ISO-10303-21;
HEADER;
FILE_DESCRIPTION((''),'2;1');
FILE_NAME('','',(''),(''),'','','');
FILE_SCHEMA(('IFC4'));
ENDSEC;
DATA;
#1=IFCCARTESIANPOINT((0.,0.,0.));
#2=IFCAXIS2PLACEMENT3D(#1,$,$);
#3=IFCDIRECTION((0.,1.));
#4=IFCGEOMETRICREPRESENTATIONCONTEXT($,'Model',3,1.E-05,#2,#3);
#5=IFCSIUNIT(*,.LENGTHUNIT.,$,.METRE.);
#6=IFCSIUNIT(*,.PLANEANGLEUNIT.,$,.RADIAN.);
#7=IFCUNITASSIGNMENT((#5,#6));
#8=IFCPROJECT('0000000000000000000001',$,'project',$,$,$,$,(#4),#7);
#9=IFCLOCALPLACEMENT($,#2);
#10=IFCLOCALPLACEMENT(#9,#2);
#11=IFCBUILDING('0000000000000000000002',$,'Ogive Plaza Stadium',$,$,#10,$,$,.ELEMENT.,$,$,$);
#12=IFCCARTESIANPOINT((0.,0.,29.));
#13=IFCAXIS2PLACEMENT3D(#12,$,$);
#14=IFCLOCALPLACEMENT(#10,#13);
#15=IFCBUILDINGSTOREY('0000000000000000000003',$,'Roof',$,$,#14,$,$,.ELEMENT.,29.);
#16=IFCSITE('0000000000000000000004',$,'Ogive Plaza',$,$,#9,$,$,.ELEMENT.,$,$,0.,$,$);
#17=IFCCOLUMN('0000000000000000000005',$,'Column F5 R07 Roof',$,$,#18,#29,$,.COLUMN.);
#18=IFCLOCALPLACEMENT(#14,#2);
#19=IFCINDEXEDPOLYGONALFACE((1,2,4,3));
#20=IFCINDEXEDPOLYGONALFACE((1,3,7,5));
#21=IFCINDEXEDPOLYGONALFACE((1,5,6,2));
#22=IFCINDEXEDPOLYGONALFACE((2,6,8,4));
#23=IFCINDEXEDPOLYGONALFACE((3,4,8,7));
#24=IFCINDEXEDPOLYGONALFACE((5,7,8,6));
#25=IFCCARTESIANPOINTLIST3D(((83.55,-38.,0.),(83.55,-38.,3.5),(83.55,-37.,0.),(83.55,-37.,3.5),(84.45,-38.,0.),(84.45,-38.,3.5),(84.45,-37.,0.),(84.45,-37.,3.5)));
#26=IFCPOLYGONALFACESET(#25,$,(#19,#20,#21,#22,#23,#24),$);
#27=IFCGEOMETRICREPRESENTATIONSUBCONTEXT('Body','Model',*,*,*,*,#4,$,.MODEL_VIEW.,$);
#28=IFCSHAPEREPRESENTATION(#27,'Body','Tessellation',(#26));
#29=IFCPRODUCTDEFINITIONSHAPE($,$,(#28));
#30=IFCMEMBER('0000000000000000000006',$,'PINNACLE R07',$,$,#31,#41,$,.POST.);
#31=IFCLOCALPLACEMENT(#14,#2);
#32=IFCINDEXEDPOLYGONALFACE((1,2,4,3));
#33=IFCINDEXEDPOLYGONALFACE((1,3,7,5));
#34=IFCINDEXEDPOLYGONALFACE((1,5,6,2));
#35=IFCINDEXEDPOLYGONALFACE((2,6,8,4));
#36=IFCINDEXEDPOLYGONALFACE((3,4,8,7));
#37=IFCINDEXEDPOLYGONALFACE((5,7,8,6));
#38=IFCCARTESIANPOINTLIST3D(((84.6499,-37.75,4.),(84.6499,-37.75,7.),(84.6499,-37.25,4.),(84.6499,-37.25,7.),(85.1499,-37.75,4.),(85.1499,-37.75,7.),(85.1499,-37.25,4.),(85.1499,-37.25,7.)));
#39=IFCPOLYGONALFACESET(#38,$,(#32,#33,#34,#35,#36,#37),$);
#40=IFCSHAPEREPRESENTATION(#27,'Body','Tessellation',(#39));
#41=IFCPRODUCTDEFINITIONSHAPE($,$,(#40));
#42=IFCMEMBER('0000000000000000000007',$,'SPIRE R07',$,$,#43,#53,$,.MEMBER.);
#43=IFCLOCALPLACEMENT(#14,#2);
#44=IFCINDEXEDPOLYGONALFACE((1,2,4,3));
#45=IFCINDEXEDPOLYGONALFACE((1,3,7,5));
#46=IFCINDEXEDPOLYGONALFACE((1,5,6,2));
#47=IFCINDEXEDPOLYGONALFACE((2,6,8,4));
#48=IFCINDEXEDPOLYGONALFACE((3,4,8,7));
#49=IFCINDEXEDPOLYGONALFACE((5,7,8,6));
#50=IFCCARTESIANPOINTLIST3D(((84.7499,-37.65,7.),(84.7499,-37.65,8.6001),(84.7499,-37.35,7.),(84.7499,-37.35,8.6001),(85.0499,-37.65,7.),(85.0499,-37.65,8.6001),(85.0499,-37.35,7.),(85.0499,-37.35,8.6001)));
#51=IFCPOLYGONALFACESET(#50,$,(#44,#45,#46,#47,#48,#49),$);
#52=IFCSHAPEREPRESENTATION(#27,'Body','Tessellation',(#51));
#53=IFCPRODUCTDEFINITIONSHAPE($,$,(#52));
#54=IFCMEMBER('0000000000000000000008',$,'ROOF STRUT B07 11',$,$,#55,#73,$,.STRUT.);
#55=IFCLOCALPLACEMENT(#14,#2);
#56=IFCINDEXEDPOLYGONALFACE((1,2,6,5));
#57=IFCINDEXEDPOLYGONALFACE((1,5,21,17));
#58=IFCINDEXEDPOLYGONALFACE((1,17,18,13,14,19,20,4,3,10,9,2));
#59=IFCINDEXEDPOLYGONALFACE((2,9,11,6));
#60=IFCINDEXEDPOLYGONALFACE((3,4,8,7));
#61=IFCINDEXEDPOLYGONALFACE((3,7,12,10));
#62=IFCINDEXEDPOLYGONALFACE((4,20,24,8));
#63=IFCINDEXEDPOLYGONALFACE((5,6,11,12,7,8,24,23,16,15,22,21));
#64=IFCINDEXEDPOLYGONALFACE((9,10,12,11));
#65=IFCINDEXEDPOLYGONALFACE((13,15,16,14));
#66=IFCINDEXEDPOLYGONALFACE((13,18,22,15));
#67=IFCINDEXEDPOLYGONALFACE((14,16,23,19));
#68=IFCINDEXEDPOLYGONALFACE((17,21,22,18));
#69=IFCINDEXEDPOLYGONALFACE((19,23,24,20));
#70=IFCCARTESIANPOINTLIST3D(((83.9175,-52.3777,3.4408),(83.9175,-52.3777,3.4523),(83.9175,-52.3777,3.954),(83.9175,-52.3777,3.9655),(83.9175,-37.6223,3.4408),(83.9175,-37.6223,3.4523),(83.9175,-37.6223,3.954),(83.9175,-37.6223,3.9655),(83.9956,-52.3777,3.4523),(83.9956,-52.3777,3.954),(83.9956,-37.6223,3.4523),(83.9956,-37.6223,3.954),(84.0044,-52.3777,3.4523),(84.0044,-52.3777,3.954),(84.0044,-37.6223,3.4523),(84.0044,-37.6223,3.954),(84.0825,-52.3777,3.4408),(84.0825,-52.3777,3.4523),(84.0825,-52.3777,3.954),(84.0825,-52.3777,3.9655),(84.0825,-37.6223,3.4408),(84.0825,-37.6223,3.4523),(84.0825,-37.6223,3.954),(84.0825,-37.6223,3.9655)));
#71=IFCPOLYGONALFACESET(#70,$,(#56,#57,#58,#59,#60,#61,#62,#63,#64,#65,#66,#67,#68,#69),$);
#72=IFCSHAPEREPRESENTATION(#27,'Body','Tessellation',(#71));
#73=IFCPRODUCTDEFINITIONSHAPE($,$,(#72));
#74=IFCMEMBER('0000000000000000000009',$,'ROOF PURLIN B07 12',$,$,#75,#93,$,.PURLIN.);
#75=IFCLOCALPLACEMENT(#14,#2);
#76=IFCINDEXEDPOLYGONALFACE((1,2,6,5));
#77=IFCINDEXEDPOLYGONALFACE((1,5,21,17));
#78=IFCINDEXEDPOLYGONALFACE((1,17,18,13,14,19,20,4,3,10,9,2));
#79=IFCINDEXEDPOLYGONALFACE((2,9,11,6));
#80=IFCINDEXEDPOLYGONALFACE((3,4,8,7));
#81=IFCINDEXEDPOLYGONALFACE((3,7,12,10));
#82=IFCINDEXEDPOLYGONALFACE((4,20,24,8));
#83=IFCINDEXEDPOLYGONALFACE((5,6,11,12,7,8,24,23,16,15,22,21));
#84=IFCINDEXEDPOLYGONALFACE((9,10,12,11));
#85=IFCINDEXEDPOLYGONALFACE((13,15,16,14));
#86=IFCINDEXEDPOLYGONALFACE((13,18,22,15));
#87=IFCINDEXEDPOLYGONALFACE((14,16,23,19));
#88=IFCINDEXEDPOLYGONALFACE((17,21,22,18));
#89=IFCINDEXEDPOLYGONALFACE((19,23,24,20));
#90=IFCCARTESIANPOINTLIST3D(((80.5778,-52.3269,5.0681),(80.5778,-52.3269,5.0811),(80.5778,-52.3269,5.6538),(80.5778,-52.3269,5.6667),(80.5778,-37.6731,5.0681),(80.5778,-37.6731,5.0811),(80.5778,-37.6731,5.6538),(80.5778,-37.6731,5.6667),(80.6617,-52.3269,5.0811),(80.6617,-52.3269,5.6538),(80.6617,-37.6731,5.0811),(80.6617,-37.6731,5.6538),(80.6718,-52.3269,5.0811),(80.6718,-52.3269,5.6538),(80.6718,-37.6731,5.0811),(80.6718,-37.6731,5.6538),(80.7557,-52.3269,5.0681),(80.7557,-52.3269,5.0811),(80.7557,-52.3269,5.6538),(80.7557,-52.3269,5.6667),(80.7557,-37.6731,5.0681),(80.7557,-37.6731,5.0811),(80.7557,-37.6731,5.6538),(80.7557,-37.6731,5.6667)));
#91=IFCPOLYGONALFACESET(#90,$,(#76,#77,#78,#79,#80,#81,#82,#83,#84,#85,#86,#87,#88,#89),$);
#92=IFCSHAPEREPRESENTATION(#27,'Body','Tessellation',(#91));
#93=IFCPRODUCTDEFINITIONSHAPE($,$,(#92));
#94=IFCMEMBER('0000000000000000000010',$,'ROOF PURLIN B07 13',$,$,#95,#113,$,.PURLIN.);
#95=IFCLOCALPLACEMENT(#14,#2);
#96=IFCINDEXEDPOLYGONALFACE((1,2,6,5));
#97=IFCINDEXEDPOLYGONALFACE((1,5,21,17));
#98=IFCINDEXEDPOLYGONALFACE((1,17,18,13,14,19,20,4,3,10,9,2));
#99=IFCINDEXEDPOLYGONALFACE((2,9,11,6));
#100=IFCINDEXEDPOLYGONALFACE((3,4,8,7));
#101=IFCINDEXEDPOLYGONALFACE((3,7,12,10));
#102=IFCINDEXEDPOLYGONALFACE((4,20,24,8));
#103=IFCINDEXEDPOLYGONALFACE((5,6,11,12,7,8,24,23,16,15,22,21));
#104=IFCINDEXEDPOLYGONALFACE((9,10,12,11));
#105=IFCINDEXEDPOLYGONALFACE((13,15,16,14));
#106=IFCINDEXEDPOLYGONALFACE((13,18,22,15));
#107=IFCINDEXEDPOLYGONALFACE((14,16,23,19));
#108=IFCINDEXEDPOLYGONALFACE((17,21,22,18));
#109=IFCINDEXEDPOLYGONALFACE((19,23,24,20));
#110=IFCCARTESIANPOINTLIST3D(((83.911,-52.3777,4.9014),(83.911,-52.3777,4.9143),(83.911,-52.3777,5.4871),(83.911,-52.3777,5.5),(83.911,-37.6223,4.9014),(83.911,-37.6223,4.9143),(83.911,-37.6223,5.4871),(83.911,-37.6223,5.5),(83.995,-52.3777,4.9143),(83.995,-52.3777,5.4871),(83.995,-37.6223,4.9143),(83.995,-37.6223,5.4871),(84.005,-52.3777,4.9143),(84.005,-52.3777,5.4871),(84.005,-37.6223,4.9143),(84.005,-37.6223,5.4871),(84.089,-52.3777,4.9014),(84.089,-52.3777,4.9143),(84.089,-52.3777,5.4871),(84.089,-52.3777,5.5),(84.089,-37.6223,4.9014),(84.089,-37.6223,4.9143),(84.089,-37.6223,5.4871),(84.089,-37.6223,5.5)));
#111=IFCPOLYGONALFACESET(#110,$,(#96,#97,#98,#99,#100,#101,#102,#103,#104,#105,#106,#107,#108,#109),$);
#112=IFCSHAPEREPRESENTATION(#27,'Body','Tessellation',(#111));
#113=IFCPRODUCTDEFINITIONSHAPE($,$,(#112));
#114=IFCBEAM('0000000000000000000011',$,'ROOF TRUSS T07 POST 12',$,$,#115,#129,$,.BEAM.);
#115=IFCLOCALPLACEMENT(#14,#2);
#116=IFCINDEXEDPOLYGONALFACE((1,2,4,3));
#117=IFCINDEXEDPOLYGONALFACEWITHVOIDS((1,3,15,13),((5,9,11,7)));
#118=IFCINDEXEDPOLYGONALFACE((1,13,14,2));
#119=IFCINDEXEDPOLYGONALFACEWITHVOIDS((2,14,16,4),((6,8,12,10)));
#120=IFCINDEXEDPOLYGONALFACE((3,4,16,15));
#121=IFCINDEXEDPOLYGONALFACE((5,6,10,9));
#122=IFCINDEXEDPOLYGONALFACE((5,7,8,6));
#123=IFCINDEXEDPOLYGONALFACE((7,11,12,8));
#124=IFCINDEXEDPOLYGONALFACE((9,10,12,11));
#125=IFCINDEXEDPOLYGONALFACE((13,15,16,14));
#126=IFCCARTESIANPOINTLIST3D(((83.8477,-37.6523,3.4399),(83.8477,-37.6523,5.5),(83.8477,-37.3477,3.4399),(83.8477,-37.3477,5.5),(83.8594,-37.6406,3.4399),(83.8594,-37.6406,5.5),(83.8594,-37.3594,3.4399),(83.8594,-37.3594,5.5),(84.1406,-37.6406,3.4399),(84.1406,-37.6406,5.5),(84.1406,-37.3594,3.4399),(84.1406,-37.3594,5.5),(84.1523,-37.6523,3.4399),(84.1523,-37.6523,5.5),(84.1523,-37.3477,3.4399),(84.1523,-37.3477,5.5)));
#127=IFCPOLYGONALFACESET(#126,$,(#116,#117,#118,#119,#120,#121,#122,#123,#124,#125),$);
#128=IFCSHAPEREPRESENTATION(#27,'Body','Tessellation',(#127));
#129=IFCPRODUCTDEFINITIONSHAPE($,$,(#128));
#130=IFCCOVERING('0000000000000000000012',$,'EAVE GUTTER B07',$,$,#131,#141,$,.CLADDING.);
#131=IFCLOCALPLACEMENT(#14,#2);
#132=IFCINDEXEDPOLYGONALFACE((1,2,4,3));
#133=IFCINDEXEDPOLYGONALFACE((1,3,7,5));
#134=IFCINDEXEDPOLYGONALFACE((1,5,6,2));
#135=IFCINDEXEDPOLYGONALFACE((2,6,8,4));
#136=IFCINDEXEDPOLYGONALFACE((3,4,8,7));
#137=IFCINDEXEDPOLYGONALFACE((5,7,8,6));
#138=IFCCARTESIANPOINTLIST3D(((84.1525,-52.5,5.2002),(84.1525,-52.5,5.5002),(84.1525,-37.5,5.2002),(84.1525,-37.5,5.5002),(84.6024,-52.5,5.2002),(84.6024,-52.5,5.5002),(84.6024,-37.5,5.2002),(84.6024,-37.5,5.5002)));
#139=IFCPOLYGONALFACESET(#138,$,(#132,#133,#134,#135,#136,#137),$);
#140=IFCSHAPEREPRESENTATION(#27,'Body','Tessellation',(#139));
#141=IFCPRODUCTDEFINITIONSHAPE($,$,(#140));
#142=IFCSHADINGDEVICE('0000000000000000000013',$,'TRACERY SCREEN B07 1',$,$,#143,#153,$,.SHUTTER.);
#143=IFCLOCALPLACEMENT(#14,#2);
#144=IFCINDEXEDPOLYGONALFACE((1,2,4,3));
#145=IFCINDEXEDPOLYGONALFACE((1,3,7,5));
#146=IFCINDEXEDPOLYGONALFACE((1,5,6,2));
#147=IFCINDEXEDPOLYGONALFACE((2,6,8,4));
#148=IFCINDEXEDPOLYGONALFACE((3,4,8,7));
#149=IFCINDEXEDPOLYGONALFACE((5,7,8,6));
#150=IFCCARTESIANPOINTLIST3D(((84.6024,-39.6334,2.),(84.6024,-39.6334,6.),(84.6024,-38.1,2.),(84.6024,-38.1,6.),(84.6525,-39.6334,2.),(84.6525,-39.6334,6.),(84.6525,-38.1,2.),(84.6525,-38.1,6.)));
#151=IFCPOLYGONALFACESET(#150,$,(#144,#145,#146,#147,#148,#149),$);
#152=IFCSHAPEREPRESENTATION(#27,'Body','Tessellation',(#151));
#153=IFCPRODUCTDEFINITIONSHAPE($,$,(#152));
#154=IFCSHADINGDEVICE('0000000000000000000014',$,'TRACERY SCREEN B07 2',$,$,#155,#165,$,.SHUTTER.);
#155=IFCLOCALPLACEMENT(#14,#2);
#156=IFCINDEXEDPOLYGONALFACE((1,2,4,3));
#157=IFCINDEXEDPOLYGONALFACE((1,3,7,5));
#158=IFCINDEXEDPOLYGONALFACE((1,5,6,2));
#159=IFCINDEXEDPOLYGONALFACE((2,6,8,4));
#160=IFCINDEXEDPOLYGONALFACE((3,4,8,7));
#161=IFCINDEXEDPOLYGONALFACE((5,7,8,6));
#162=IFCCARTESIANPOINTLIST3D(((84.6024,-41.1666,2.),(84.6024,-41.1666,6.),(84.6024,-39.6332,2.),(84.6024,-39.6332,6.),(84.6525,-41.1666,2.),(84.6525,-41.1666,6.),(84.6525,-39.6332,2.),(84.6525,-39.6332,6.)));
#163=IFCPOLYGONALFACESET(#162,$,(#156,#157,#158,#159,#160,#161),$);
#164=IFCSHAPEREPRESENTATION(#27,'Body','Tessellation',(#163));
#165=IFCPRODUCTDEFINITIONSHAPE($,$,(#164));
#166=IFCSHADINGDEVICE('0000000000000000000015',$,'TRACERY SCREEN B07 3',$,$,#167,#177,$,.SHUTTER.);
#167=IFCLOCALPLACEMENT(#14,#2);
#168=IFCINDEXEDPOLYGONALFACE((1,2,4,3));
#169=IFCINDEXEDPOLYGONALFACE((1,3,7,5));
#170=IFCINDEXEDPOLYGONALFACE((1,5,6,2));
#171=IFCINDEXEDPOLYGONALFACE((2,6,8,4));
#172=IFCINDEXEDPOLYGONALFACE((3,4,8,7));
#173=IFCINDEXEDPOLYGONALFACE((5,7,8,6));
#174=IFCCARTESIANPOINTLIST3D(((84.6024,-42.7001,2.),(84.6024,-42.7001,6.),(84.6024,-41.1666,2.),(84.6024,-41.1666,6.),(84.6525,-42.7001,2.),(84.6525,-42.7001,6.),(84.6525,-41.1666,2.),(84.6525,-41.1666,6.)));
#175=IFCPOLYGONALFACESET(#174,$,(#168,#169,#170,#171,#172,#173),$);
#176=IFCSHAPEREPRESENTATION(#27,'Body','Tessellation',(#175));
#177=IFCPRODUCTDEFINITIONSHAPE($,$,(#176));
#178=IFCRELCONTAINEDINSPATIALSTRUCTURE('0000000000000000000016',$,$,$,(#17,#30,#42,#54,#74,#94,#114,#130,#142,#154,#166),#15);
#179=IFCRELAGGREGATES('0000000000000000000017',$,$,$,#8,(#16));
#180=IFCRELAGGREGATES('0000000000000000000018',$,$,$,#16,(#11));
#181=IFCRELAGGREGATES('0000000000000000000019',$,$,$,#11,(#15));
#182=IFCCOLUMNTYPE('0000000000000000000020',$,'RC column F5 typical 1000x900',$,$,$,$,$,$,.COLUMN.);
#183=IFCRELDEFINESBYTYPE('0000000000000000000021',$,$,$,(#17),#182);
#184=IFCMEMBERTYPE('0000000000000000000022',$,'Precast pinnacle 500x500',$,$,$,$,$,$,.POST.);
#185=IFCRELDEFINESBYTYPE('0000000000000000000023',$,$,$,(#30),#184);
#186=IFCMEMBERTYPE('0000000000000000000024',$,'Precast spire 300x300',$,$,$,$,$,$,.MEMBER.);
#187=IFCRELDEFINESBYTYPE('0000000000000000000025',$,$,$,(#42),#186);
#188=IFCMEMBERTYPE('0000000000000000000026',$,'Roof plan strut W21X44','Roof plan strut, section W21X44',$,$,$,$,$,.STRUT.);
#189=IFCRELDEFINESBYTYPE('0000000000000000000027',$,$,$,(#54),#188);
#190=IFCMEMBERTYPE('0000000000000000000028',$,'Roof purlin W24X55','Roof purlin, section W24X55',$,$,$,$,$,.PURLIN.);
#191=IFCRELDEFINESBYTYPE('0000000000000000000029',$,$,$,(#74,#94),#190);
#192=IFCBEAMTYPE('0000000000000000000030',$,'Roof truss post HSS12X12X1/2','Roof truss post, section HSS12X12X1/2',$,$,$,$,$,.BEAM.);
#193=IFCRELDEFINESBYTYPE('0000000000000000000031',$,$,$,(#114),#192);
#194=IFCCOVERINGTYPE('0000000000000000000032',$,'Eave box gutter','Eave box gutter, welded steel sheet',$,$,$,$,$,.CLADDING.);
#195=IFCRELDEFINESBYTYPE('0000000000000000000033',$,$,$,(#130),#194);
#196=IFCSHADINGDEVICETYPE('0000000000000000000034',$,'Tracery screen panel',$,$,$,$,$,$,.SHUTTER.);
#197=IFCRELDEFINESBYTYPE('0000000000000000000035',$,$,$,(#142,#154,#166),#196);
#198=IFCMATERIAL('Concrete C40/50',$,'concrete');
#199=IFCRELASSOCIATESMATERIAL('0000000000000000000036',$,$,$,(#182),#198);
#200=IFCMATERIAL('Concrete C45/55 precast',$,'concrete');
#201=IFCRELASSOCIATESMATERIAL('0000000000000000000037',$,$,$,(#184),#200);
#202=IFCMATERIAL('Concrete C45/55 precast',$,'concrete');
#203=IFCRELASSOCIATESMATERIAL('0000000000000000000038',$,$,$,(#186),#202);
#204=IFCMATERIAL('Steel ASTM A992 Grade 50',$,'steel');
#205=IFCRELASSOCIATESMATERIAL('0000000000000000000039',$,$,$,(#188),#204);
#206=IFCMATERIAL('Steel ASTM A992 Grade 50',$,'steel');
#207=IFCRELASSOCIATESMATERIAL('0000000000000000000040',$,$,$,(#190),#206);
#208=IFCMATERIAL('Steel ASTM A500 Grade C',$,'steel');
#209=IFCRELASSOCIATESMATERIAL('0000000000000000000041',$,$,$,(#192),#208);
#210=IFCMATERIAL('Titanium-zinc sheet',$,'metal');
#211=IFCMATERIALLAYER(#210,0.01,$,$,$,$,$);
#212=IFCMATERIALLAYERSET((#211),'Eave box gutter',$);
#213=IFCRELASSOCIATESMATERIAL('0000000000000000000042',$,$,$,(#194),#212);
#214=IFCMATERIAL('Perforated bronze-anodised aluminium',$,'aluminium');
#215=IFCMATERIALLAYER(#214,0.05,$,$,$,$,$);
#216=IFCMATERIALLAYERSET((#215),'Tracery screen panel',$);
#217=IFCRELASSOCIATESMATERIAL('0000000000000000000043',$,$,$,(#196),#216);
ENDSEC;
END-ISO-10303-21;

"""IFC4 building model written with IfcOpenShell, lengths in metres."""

from ifc_helpers import new_model, si_unit, direction, frame, origin, origin_2d, place, context, subcontext, project, spatial, rectangle, hollow_rectangle, i_section, extrude, material, layer, layer_set, material_profile, profile_set, type_object, element, save


model = new_model("IFC4")

# Units and contexts
model_context = context("Model", 3, precision=1e-05, world=origin(), true_north=direction((0.0, 1.0)))
body_context = subcontext(model_context, "Body", "Model", "MODEL_VIEW")
ifc_project = project(units=[si_unit("LENGTHUNIT", "METRE"), si_unit("PLANEANGLEUNIT", "RADIAN")], contexts=[model_context])

# Site, building, storey
site_placement = place(None, origin())
site = spatial("IfcSite", under=ifc_project, at=site_placement, Name="Ogive Plaza", CompositionType="ELEMENT", RefElevation=0.0)
building_placement = place(site_placement, origin())
building = spatial("IfcBuilding", under=site, at=building_placement, Name="Ogive Plaza Stadium", CompositionType="ELEMENT")
storey_placement = place(building_placement, frame((0.0, 0.0, 29.0)))
storey = spatial("IfcBuildingStorey", under=building, at=storey_placement, Name="Roof", CompositionType="ELEMENT", Elevation=29.0)

# Column
ifc_material_1 = material(Name="Concrete C40/50", Category="concrete")
ifc_material_profile_1 = material_profile(ifc_material_1, rectangle(XDim=1.0, YDim=0.8999, at=origin_2d()), Name="RC 1000x900")
ifc_profile_set_1 = profile_set([ifc_material_profile_1], Name="Concrete C40/50")
column_type = type_object("IfcColumnType", Name="RC column F5 typical 1000x900", PredefinedType="COLUMN", material=ifc_profile_set_1)
column_placement = place(storey_placement, frame((84.0, -37.5, 0.0), z_axis=(0.0, 0.0, 1.0), x_axis=(0.0, 1.0, 0.0)))
element("IfcColumn", 1, at=column_placement, inside=storey, type_object=column_type, Name="Column F5 R07 Roof", PredefinedType="COLUMN", context=body_context, shape_type="SweptSolid", body=[
    extrude(rectangle(XDim=1.0, YDim=0.8999, at=origin_2d()), origin(), (0.0, 0.0, 1.0), 3.5),
])

# Members
ifc_material_2 = material(Name="Concrete C45/55 precast", Category="concrete")
ifc_material_profile_2 = material_profile(ifc_material_2, rectangle(XDim=0.5, YDim=0.5, at=origin_2d()), Name="RC 500x500")
ifc_profile_set_2 = profile_set([ifc_material_profile_2], Name="Concrete C45/55 precast")
member_type_1 = type_object("IfcMemberType", Name="Precast pinnacle 500x500", PredefinedType="POST", material=ifc_profile_set_2)
member_1_placement = place(storey_placement, frame((84.8999, -37.5, 4.0), z_axis=(0.0, 0.0, 1.0), x_axis=(0.0, 1.0, 0.0)))
element("IfcMember", 2, at=member_1_placement, inside=storey, type_object=member_type_1, Name="PINNACLE R07", PredefinedType="POST", context=body_context, shape_type="SweptSolid", body=[
    extrude(rectangle(XDim=0.5, YDim=0.5, at=origin_2d()), origin(), (0.0, 0.0, 1.0), 3.0),
])
ifc_material_3 = material(Name="Concrete C45/55 precast", Category="concrete")
ifc_material_profile_3 = material_profile(ifc_material_3, rectangle(XDim=0.3, YDim=0.3, at=origin_2d()), Name="RC 300x300")
ifc_profile_set_3 = profile_set([ifc_material_profile_3], Name="Concrete C45/55 precast")
member_type_2 = type_object("IfcMemberType", Name="Precast spire 300x300", PredefinedType="MEMBER", material=ifc_profile_set_3)
member_2_placement = place(storey_placement, frame((84.8999, -37.5, 7.0), z_axis=(0.0, 0.0, 1.0), x_axis=(0.0, 1.0, 0.0)))
element("IfcMember", 3, at=member_2_placement, inside=storey, type_object=member_type_2, Name="SPIRE R07", PredefinedType="MEMBER", context=body_context, shape_type="SweptSolid", body=[
    extrude(rectangle(XDim=0.3, YDim=0.3, at=origin_2d()), origin(), (0.0, 0.0, 1.0), 1.6001),
])
ifc_material_4 = material(Name="Steel ASTM A992 Grade 50", Category="steel")
ifc_material_profile_4 = material_profile(ifc_material_4, i_section(OverallWidth=0.165, OverallDepth=0.5247, WebThickness=0.0088, FlangeThickness=0.0115, at=origin_2d()), Name="W21X44")
ifc_profile_set_4 = profile_set([ifc_material_profile_4], Name="Steel ASTM A992 Grade 50")
member_type_3 = type_object("IfcMemberType", Name="Roof plan strut W21X44", Description="Roof plan strut, section W21X44", PredefinedType="STRUT", material=ifc_profile_set_4)
member_3_placement = place(storey_placement, frame((84.0, -37.6223, 3.7031), z_axis=(0.0, -1.0, 0.0), x_axis=(1.0, 0.0, 0.0)))
element("IfcMember", 4, at=member_3_placement, inside=storey, type_object=member_type_3, Name="ROOF STRUT B07 11", PredefinedType="STRUT", context=body_context, shape_type="SweptSolid", body=[
    extrude(i_section(OverallWidth=0.165, OverallDepth=0.5247, WebThickness=0.0088, FlangeThickness=0.0115, at=origin_2d()), origin(), (0.0, 0.0, 1.0), 14.7554),
])
ifc_material_5 = material(Name="Steel ASTM A992 Grade 50", Category="steel")
ifc_material_profile_5 = material_profile(ifc_material_5, i_section(OverallWidth=0.178, OverallDepth=0.5986, WebThickness=0.01, FlangeThickness=0.0129, at=origin_2d()), Name="W24X55")
ifc_profile_set_5 = profile_set([ifc_material_profile_5], Name="Steel ASTM A992 Grade 50")
member_type_4 = type_object("IfcMemberType", Name="Roof purlin W24X55", Description="Roof purlin, section W24X55", PredefinedType="PURLIN", material=ifc_profile_set_5)
member_4_placement = place(storey_placement, frame((80.6667, -37.6731, 5.3674), z_axis=(0.0, -1.0, 0.0), x_axis=(1.0, 0.0, 0.0)))
element("IfcMember", 5, at=member_4_placement, inside=storey, type_object=member_type_4, Name="ROOF PURLIN B07 12", PredefinedType="PURLIN", context=body_context, shape_type="SweptSolid", body=[
    extrude(i_section(OverallWidth=0.178, OverallDepth=0.5986, WebThickness=0.01, FlangeThickness=0.0129, at=origin_2d()), origin(), (0.0, 0.0, 1.0), 14.6538),
])
member_5_placement = place(storey_placement, frame((84.0, -37.6223, 5.2007), z_axis=(0.0, -1.0, 0.0), x_axis=(1.0, 0.0, 0.0)))
element("IfcMember", 6, at=member_5_placement, inside=storey, type_object=member_type_4, Name="ROOF PURLIN B07 13", PredefinedType="PURLIN", context=body_context, shape_type="SweptSolid", body=[
    extrude(i_section(OverallWidth=0.178, OverallDepth=0.5986, WebThickness=0.01, FlangeThickness=0.0129, at=origin_2d()), origin(), (0.0, 0.0, 1.0), 14.7554),
])

# Beam
ifc_material_6 = material(Name="Steel ASTM A500 Grade C", Category="steel")
ifc_material_profile_6 = material_profile(ifc_material_6, hollow_rectangle(XDim=0.3047, YDim=0.3047, WallThickness=0.0117, at=origin_2d()), Name="HSS12X12X1/2")
ifc_profile_set_6 = profile_set([ifc_material_profile_6], Name="Steel ASTM A500 Grade C")
beam_type = type_object("IfcBeamType", Name="Roof truss post HSS12X12X1/2", Description="Roof truss post, section HSS12X12X1/2", PredefinedType="BEAM", material=ifc_profile_set_6)
beam_placement = place(storey_placement, frame((84.0, -37.5, 3.4399), z_axis=(0.0, 0.0, 1.0), x_axis=(0.0, 1.0, 0.0)))
element("IfcBeam", 7, at=beam_placement, inside=storey, type_object=beam_type, Name="ROOF TRUSS T07 POST 12", PredefinedType="BEAM", context=body_context, shape_type="SweptSolid", body=[
    extrude(hollow_rectangle(XDim=0.3047, YDim=0.3047, WallThickness=0.0117, at=origin_2d()), origin(), (0.0, 0.0, 1.0), 2.0601),
])

# Covering
ifc_material_7 = material(Name="Titanium-zinc sheet", Category="metal")
ifc_layer_1 = layer(ifc_material_7, 0.01)
ifc_layer_set_1 = layer_set([ifc_layer_1], Name="Eave box gutter")
covering_type = type_object("IfcCoveringType", Name="Eave box gutter", Description="Eave box gutter, welded steel sheet", PredefinedType="CLADDING", material=ifc_layer_set_1)
covering_placement = place(storey_placement, frame((84.3774, -45.0, 5.2002), z_axis=(0.0, 0.0, 1.0), x_axis=(0.0, -1.0, 0.0)))
element("IfcCovering", 8, at=covering_placement, inside=storey, type_object=covering_type, Name="EAVE GUTTER B07", PredefinedType="CLADDING", context=body_context, shape_type="SweptSolid", body=[
    extrude(rectangle(XDim=15.0, YDim=0.45, at=origin_2d()), origin(), (0.0, 0.0, 1.0), 0.3),
])

# Shading devices
ifc_material_8 = material(Name="Perforated bronze-anodised aluminium", Category="aluminium")
ifc_layer_2 = layer(ifc_material_8, 0.05)
ifc_layer_set_2 = layer_set([ifc_layer_2], Name="Tracery screen panel")
shading_device_type = type_object("IfcShadingDeviceType", Name="Tracery screen panel", PredefinedType="SHUTTER", material=ifc_layer_set_2)
for number, where, z_axis, x_axis, name in (
    (9, (84.6274, -38.8667, 2.0), (0.0, 0.0, 1.0), (0.0, -1.0, 0.0), "TRACERY SCREEN B07 1"),
    (10, (84.6274, -40.3999, 2.0), (0.0, 0.0, 1.0), (0.0, -1.0, 0.0), "TRACERY SCREEN B07 2"),
    (11, (84.6274, -41.9333, 2.0), (0.0, 0.0, 1.0), (0.0, -1.0, 0.0), "TRACERY SCREEN B07 3"),
):
    element("IfcShadingDevice", number, at=place(storey_placement, frame(where, z_axis=z_axis, x_axis=x_axis)), inside=storey, type_object=shading_device_type, Name=name, PredefinedType="SHUTTER", context=body_context, shape_type="SweptSolid", body=[
        extrude(rectangle(XDim=1.5334, YDim=0.05, at=origin_2d()), origin(), (0.0, 0.0, 1.0), 4.0),
    ])

save(model, "model.ifc")
